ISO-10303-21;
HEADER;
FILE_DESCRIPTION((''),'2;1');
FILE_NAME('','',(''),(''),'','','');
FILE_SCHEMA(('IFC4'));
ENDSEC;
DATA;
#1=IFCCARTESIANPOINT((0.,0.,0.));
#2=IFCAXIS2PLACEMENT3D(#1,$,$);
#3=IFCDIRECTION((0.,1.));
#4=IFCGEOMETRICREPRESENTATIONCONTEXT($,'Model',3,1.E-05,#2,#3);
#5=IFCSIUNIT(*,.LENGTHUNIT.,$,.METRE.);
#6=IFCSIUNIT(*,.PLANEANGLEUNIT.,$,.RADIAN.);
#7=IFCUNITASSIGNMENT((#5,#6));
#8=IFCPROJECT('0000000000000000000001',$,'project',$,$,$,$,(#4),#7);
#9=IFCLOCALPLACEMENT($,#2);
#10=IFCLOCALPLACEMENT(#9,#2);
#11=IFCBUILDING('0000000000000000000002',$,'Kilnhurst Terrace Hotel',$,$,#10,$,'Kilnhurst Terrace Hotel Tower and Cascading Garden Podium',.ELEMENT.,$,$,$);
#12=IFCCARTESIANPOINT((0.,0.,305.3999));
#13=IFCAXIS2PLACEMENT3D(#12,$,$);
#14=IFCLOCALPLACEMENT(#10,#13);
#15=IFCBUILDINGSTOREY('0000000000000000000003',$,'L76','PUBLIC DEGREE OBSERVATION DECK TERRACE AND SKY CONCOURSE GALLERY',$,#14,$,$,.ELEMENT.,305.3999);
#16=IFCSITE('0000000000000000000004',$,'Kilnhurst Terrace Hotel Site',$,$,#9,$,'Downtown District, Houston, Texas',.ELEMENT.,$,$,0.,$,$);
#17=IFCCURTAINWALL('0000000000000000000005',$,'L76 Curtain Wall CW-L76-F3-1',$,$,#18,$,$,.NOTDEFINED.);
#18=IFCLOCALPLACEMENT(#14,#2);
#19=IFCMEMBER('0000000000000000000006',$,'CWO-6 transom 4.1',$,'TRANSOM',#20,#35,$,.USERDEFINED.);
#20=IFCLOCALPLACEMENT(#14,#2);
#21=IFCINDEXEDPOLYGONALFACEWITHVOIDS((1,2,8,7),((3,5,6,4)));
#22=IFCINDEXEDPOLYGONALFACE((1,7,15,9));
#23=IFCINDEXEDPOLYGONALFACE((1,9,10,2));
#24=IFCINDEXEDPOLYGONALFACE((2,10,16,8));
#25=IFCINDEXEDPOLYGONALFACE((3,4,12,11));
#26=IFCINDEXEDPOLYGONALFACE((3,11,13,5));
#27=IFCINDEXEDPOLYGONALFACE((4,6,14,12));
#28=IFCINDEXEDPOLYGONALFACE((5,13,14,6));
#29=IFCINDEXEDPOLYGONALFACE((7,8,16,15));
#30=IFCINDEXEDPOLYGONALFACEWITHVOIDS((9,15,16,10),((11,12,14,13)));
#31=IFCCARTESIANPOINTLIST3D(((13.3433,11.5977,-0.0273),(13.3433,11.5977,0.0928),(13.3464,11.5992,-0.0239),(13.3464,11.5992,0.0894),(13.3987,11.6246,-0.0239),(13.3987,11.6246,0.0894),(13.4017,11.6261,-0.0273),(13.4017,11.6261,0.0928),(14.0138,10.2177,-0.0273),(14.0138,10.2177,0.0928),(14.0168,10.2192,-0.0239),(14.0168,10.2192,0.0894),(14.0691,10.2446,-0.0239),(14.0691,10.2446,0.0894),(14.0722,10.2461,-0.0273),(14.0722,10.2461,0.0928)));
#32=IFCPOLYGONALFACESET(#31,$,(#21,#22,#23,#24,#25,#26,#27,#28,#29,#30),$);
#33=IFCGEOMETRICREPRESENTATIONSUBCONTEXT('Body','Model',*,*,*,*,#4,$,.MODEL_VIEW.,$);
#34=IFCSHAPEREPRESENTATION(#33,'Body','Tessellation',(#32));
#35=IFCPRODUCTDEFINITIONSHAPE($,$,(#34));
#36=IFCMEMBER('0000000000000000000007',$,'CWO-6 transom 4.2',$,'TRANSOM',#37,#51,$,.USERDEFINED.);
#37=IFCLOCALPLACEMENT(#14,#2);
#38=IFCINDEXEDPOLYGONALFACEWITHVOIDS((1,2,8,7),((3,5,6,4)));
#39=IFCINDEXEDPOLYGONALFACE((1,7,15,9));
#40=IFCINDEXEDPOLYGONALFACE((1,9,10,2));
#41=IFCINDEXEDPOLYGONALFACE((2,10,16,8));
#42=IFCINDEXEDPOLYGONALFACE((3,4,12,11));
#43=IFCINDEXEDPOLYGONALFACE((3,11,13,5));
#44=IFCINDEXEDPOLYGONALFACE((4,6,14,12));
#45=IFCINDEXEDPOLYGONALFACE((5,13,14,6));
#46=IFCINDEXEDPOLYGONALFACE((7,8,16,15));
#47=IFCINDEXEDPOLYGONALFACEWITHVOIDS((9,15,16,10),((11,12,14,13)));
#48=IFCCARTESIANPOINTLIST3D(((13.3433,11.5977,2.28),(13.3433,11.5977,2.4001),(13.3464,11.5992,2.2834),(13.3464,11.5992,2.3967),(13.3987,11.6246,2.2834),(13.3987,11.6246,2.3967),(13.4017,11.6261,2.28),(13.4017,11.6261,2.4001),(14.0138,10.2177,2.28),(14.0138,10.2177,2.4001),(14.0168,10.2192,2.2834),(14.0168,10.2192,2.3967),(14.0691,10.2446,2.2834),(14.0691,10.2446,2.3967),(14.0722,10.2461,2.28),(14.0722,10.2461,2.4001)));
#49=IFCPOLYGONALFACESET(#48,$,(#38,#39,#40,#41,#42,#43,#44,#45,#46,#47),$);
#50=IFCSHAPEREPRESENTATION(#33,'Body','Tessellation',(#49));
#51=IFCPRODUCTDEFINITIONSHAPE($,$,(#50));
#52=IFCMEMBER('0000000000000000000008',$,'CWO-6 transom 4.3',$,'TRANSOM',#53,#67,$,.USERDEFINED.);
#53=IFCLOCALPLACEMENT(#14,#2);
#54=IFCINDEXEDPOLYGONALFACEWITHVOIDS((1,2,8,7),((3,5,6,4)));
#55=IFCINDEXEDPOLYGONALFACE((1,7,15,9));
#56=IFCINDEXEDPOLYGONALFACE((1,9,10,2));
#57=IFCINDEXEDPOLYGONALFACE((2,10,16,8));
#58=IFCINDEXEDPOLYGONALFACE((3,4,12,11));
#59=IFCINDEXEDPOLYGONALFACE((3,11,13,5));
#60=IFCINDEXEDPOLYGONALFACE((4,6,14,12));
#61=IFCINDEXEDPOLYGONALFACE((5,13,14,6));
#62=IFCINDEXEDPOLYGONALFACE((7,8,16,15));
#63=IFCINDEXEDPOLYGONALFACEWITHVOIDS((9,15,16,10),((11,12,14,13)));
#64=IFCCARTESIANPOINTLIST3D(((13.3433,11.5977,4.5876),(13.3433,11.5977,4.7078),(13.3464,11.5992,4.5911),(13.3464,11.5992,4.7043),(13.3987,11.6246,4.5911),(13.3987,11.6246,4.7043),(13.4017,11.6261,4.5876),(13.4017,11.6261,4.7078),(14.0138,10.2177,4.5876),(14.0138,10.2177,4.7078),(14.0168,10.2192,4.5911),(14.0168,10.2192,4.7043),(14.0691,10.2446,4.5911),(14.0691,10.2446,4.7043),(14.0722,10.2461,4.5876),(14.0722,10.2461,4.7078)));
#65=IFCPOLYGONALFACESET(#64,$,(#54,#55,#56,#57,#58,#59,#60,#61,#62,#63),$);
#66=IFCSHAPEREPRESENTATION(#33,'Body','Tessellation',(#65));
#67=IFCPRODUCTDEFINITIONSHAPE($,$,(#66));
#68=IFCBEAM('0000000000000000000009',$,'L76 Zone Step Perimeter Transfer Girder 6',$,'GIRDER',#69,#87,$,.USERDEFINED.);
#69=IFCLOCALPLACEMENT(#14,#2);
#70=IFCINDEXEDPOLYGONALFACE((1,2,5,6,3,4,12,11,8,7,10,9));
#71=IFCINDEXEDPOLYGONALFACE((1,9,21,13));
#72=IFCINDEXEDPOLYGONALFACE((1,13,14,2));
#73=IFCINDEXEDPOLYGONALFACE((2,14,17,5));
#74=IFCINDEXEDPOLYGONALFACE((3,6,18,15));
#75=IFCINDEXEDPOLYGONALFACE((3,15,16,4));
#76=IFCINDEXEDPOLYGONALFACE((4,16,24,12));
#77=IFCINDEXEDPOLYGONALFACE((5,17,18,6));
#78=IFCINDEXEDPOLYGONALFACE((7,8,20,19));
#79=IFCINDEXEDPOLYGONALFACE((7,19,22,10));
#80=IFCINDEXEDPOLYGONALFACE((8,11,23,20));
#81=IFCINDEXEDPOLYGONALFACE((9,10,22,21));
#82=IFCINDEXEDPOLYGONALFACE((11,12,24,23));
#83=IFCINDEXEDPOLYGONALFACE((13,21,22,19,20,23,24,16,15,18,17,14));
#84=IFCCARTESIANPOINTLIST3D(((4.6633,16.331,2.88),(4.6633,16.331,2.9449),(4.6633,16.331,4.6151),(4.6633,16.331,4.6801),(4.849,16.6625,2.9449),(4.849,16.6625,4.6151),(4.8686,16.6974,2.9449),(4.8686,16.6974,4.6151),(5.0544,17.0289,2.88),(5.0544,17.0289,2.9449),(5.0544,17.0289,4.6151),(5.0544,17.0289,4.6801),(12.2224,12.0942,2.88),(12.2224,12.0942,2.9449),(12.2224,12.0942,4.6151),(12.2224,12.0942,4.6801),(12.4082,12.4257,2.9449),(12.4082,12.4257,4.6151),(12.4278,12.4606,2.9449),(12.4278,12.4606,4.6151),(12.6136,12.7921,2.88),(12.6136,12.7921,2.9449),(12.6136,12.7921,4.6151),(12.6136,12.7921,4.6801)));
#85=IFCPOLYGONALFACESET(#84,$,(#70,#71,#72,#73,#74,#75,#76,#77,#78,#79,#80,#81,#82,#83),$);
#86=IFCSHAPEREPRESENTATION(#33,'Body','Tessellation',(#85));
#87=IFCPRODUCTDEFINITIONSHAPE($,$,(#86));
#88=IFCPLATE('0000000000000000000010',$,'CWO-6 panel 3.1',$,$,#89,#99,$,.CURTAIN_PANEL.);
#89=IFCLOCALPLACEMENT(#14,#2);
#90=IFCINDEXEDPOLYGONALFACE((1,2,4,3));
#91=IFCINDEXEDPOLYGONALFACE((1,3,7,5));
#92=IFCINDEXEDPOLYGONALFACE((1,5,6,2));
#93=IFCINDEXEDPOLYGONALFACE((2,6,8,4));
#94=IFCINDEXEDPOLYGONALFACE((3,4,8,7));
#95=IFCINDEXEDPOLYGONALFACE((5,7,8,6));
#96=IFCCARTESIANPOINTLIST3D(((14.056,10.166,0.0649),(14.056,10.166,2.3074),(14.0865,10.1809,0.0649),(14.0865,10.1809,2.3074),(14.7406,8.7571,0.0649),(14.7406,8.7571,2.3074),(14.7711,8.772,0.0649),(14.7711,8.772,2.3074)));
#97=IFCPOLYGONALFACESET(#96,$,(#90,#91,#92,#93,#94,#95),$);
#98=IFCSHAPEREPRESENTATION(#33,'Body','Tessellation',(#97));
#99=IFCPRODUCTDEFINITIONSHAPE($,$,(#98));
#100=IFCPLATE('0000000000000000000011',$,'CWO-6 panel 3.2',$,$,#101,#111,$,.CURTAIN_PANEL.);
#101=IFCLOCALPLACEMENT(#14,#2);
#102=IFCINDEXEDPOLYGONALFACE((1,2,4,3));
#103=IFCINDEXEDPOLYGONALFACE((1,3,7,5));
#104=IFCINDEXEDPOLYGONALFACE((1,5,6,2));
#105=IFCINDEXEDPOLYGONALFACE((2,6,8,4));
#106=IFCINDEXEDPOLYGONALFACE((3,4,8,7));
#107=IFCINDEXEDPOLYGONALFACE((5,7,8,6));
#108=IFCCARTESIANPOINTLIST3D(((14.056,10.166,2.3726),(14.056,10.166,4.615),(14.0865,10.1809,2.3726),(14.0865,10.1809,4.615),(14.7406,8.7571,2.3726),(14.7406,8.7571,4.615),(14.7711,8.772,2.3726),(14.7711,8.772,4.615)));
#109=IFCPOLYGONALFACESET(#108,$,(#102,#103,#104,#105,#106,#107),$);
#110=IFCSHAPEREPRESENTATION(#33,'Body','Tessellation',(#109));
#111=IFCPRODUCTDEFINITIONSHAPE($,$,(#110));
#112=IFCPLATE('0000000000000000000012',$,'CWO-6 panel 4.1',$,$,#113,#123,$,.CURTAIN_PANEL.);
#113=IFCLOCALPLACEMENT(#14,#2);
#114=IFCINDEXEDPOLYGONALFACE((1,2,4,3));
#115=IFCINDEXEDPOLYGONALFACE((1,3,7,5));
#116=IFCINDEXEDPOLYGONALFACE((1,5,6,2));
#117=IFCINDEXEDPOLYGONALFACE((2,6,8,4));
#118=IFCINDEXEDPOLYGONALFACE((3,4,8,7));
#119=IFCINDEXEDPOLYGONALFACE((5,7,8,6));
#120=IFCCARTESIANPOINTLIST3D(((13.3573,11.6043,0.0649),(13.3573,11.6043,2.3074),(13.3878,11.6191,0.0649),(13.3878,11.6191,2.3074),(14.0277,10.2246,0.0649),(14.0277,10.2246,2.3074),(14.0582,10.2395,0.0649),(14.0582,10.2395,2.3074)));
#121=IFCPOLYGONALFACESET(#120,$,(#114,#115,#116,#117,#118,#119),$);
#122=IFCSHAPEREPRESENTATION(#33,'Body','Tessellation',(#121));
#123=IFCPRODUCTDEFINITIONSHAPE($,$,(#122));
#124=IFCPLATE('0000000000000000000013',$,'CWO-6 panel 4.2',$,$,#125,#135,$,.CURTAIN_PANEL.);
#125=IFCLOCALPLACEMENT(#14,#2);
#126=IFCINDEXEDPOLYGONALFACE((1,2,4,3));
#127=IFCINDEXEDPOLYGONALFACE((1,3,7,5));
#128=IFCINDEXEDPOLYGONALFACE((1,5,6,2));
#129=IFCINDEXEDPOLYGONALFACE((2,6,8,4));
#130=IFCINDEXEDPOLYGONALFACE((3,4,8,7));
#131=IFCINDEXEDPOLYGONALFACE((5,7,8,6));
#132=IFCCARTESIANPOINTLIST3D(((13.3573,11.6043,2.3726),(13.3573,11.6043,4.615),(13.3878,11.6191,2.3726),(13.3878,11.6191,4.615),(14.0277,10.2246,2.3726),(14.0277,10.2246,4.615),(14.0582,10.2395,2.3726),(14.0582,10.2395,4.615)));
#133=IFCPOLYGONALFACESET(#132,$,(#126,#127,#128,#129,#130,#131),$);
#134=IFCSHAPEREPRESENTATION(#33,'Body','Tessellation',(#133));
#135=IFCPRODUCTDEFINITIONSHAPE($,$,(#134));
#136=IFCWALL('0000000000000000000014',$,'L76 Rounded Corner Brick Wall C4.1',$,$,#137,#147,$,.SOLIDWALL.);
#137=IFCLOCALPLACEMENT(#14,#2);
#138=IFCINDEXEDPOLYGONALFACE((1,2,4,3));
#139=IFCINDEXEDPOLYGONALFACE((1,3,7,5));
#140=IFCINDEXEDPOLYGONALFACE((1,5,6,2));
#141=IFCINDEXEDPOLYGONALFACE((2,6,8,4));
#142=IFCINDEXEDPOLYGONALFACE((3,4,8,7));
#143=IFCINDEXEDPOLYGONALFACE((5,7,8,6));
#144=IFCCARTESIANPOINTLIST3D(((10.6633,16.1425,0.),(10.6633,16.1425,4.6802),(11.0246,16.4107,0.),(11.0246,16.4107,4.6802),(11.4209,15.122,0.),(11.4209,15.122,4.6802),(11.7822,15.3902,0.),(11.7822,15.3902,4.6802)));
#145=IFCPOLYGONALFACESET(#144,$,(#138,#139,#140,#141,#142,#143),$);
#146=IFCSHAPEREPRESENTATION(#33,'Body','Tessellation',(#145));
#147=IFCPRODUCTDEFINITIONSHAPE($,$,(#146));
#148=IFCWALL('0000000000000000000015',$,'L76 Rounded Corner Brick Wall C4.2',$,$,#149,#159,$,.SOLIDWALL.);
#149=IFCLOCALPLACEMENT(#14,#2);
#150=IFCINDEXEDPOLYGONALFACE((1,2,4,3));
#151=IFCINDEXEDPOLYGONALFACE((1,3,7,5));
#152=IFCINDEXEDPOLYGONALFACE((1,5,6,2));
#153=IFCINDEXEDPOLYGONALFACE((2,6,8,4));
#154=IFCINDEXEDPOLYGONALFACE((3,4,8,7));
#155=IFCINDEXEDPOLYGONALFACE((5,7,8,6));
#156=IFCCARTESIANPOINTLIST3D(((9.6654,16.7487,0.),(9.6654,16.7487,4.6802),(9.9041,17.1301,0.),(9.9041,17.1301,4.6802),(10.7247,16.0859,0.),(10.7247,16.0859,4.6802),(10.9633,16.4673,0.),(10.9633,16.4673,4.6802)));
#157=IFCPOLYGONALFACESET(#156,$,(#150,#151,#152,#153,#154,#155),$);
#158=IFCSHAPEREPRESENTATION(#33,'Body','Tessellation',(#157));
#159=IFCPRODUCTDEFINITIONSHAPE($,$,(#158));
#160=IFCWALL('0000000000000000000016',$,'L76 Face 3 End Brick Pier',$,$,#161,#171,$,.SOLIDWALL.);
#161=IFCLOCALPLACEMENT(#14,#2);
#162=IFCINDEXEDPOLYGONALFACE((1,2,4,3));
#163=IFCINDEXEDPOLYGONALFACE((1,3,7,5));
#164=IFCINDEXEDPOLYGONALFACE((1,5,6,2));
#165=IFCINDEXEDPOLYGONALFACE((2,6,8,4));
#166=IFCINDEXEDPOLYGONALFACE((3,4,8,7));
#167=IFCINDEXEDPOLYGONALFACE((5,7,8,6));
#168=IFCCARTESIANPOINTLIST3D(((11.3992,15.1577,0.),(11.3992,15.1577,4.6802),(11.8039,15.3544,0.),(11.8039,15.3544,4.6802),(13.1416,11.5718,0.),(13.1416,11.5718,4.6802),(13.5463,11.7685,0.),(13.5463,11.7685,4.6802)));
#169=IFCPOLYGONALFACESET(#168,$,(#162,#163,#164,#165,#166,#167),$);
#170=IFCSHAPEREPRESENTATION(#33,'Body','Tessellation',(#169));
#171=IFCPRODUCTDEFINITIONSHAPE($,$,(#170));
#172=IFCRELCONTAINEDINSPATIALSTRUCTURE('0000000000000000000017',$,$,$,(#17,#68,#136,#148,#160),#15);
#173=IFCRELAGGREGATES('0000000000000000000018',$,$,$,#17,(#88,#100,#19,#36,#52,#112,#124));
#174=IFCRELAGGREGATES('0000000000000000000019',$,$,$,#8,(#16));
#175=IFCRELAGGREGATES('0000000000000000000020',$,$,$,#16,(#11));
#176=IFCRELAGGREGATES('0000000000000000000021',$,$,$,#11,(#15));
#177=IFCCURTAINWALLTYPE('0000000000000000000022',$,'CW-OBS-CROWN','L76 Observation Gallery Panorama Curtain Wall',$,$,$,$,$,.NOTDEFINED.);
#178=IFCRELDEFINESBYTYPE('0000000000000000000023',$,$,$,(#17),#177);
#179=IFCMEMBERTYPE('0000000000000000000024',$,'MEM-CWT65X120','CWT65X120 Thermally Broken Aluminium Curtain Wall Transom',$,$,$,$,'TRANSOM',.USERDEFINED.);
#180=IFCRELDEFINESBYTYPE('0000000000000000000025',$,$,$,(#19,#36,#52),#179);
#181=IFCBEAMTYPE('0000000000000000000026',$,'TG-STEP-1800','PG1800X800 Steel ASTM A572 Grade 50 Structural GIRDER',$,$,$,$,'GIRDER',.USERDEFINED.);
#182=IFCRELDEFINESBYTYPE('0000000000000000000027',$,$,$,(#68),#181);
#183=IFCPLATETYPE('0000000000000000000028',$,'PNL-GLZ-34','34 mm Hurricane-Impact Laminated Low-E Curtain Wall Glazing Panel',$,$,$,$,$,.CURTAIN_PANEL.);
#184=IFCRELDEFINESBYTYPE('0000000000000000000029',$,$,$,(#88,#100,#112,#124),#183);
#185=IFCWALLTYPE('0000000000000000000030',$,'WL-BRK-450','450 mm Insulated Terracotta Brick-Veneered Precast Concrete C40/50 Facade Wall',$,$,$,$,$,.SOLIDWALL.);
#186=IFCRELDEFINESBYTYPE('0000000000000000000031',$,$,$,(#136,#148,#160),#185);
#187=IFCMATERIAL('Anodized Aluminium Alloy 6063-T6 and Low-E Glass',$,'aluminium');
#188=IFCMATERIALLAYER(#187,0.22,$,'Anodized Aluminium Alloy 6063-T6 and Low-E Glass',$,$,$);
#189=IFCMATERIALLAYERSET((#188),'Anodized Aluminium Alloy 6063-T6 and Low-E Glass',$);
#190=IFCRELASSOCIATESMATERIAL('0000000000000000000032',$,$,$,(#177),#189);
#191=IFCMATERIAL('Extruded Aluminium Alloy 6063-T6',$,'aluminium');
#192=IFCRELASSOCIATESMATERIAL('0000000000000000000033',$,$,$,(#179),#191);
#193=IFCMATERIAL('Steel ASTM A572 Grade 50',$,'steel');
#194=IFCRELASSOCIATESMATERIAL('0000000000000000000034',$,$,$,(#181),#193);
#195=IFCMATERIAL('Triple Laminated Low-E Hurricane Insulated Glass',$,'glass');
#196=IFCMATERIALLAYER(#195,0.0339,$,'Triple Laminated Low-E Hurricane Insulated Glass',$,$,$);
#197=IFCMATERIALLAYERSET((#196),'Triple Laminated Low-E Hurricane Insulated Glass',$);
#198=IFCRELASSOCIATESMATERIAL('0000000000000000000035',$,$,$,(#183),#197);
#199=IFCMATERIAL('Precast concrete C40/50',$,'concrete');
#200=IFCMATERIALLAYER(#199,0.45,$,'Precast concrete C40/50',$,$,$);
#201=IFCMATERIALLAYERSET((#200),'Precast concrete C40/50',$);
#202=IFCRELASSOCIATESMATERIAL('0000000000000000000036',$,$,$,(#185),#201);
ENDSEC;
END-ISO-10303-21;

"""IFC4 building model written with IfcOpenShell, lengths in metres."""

from ifc_helpers import new_model, si_unit, direction, frame, frame_2d, origin, origin_2d, place, context, subcontext, project, spatial, rectangle, hollow_rectangle, i_section, extrude, material, layer, layer_set, material_profile, profile_set, type_object, element, aggregate, save


model = new_model("IFC4")

# Units and contexts
model_context = context("Model", 3, precision=1e-05, world=origin(), true_north=direction((0.0, 1.0)))
body_context = subcontext(model_context, "Body", "Model", "MODEL_VIEW")
ifc_project = project(units=[si_unit("LENGTHUNIT", "METRE"), si_unit("PLANEANGLEUNIT", "RADIAN")], contexts=[model_context])

# Site, building, storey
site_placement = place(None, origin())
site = spatial("IfcSite", under=ifc_project, at=site_placement, Name="Kilnhurst Terrace Hotel Site", LongName="Downtown District, Houston, Texas", CompositionType="ELEMENT", RefElevation=0.0)
building_placement = place(site_placement, origin())
building = spatial("IfcBuilding", under=site, at=building_placement, Name="Kilnhurst Terrace Hotel", LongName="Kilnhurst Terrace Hotel Tower and Cascading Garden Podium", CompositionType="ELEMENT")
storey_placement = place(building_placement, frame((0.0, 0.0, 305.3999)))
storey = spatial("IfcBuildingStorey", under=building, at=storey_placement, Name="L76", Description="PUBLIC DEGREE OBSERVATION DECK TERRACE AND SKY CONCOURSE GALLERY", CompositionType="ELEMENT", Elevation=305.3999)

# Curtain wall, members
ifc_material_1 = material(Name="Anodized Aluminium Alloy 6063-T6 and Low-E Glass", Category="aluminium")
ifc_layer_1 = layer(ifc_material_1, 0.22, Name="Anodized Aluminium Alloy 6063-T6 and Low-E Glass")
ifc_layer_set_1 = layer_set([ifc_layer_1], Name="Anodized Aluminium Alloy 6063-T6 and Low-E Glass")
curtain_wall_type = type_object("IfcCurtainWallType", Name="CW-OBS-CROWN", Description="L76 Observation Gallery Panorama Curtain Wall", PredefinedType="NOTDEFINED", material=ifc_layer_set_1)
curtain_wall_placement = place(storey_placement, origin())
curtain_wall = element("IfcCurtainWall", 1, at=curtain_wall_placement, inside=storey, type_object=curtain_wall_type, Name="L76 Curtain Wall CW-L76-F3-1", PredefinedType="NOTDEFINED")
ifc_material_2 = material(Name="Extruded Aluminium Alloy 6063-T6", Category="aluminium")
ifc_material_profile_1 = material_profile(ifc_material_2, hollow_rectangle(XDim=0.0649, YDim=0.1201, WallThickness=0.0034, at=origin_2d()), Name="CWT65X120")
ifc_profile_set_1 = profile_set([ifc_material_profile_1], Name="Extruded Aluminium Alloy 6063-T6")
member_type_1 = type_object("IfcMemberType", Name="MEM-CWT65X120", Description="CWT65X120 Thermally Broken Aluminium Curtain Wall Transom", ElementType="TRANSOM", PredefinedType="USERDEFINED", material=ifc_profile_set_1)
member_1_placement = place(storey_placement, frame((14.043, 10.2319, 0.0327), z_axis=(-0.437, 0.899462, 0.0), x_axis=(-0.899462, -0.437, 0.0)))
member_1 = element("IfcMember", 2, at=member_1_placement, type_object=member_type_1, Name="CWO-6 transom 4.1", ObjectType="TRANSOM", PredefinedType="USERDEFINED", context=body_context, shape_type="SweptSolid", body=[
    extrude(hollow_rectangle(XDim=0.0649, YDim=0.1201, WallThickness=0.0034, at=origin_2d()), origin(), (0.0, 0.0, 1.0), 1.5342),
])
member_2_placement = place(storey_placement, frame((14.043, 10.2319, 2.3401), z_axis=(-0.437, 0.899462, 0.0), x_axis=(-0.899462, -0.437, 0.0)))
member_2 = element("IfcMember", 3, at=member_2_placement, type_object=member_type_1, Name="CWO-6 transom 4.2", ObjectType="TRANSOM", PredefinedType="USERDEFINED", context=body_context, shape_type="SweptSolid", body=[
    extrude(hollow_rectangle(XDim=0.0649, YDim=0.1201, WallThickness=0.0034, at=origin_2d()), origin(), (0.0, 0.0, 1.0), 1.5342),
])
member_3_placement = place(storey_placement, frame((14.043, 10.2319, 4.6477), z_axis=(-0.437, 0.899462, 0.0), x_axis=(-0.899462, -0.437, 0.0)))
member_3 = element("IfcMember", 4, at=member_3_placement, type_object=member_type_1, Name="CWO-6 transom 4.3", ObjectType="TRANSOM", PredefinedType="USERDEFINED", context=body_context, shape_type="SweptSolid", body=[
    extrude(hollow_rectangle(XDim=0.0649, YDim=0.1201, WallThickness=0.0034, at=origin_2d()), origin(), (0.0, 0.0, 1.0), 1.5342),
])

# Beam
ifc_material_3 = material(Name="Steel ASTM A572 Grade 50", Category="steel")
ifc_material_profile_2 = material_profile(ifc_material_3, i_section(OverallWidth=0.8, OverallDepth=1.8, WebThickness=0.04, FlangeThickness=0.0649, at=origin_2d()), Name="PG1800X800")
ifc_profile_set_2 = profile_set([ifc_material_profile_2], Name="Steel ASTM A572 Grade 50")
beam_type_1 = type_object("IfcBeamType", Name="TG-STEP-1800", Description="PG1800X800 Steel ASTM A572 Grade 50 Structural GIRDER", ElementType="GIRDER", PredefinedType="USERDEFINED", material=ifc_profile_set_2)
beam_1_placement = place(storey_placement, frame((12.418, 12.4431, 3.78), z_axis=(-0.872322, 0.488931, 0.0), x_axis=(-0.488931, -0.872322, 0.0)))
element("IfcBeam", 5, at=beam_1_placement, inside=storey, type_object=beam_type_1, Name="L76 Zone Step Perimeter Transfer Girder 6", ObjectType="GIRDER", PredefinedType="USERDEFINED", context=body_context, shape_type="SweptSolid", body=[
    extrude(i_section(OverallWidth=0.8, OverallDepth=1.8, WebThickness=0.04, FlangeThickness=0.0649, at=origin_2d()), origin(), (0.0, 0.0, 1.0), 8.6655),
])

# Plates
ifc_material_4 = material(Name="Triple Laminated Low-E Hurricane Insulated Glass", Category="glass")
ifc_layer_2 = layer(ifc_material_4, 0.0339, Name="Triple Laminated Low-E Hurricane Insulated Glass")
ifc_layer_set_2 = layer_set([ifc_layer_2], Name="Triple Laminated Low-E Hurricane Insulated Glass")
plate_type = type_object("IfcPlateType", Name="PNL-GLZ-34", Description="34 mm Hurricane-Impact Laminated Low-E Curtain Wall Glazing Panel", PredefinedType="CURTAIN_PANEL", material=ifc_layer_set_2)
plate_1_placement = place(storey_placement, frame((14.4136, 9.469, 0.0649), z_axis=(0.0, 0.0, 1.0), x_axis=(-0.437053, 0.899436, 0.0)))
plate_1 = element("IfcPlate", 6, at=plate_1_placement, type_object=plate_type, Name="CWO-6 panel 3.1", PredefinedType="CURTAIN_PANEL", context=body_context, shape_type="SweptSolid", body=[
    extrude(rectangle(XDim=1.5664, YDim=0.0339, at=origin_2d()), origin(), (0.0, 0.0, 1.0), 2.2424),
])
plate_2_placement = place(storey_placement, frame((14.4136, 9.469, 2.3726), z_axis=(0.0, 0.0, 1.0), x_axis=(-0.437053, 0.899436, 0.0)))
plate_2 = element("IfcPlate", 7, at=plate_2_placement, type_object=plate_type, Name="CWO-6 panel 3.2", PredefinedType="CURTAIN_PANEL", context=body_context, shape_type="SweptSolid", body=[
    extrude(rectangle(XDim=1.5664, YDim=0.0339, at=origin_2d()), origin(), (0.0, 0.0, 1.0), 2.2424),
])
plate_3_placement = place(storey_placement, frame((13.7078, 10.9219, 0.0649), z_axis=(0.0, 0.0, 1.0), x_axis=(-0.437053, 0.899436, 0.0)))
plate_3 = element("IfcPlate", 8, at=plate_3_placement, type_object=plate_type, Name="CWO-6 panel 4.1", PredefinedType="CURTAIN_PANEL", context=body_context, shape_type="SweptSolid", body=[
    extrude(rectangle(XDim=1.5339, YDim=0.0339, at=origin_2d()), origin(), (0.0, 0.0, 1.0), 2.2424),
])
plate_4_placement = place(storey_placement, frame((13.7078, 10.9219, 2.3726), z_axis=(0.0, 0.0, 1.0), x_axis=(-0.437053, 0.899436, 0.0)))
plate_4 = element("IfcPlate", 9, at=plate_4_placement, type_object=plate_type, Name="CWO-6 panel 4.2", PredefinedType="CURTAIN_PANEL", context=body_context, shape_type="SweptSolid", body=[
    extrude(rectangle(XDim=1.5339, YDim=0.0339, at=origin_2d()), origin(), (0.0, 0.0, 1.0), 2.2424),
])
aggregate(curtain_wall, [plate_1, plate_2, member_1, member_2, member_3, plate_3, plate_4])

# Walls
ifc_material_5 = material(Name="Precast concrete C40/50", Category="concrete")
ifc_layer_3 = layer(ifc_material_5, 0.45, Name="Precast concrete C40/50")
ifc_layer_set_3 = layer_set([ifc_layer_3], Name="Precast concrete C40/50")
wall_type_1 = type_object("IfcWallType", Name="WL-BRK-450", Description="450 mm Insulated Terracotta Brick-Veneered Precast Concrete C40/50 Facade Wall", PredefinedType="SOLIDWALL", material=ifc_layer_set_3)
wall_1_placement = place(storey_placement, frame((11.6016, 15.2561, 0.0), z_axis=(0.0, 0.0, 1.0), x_axis=(-0.596059, 0.802941, 0.0)))
element("IfcWall", 10, at=wall_1_placement, inside=storey, type_object=wall_type_1, Name="L76 Rounded Corner Brick Wall C4.1", PredefinedType="SOLIDWALL", context=body_context, shape_type="SweptSolid", body=[
    extrude(rectangle(XDim=1.271, YDim=0.45, at=frame_2d((0.6355, 0.0))), origin(), (0.0, 0.0, 1.0), 4.6802),
])
wall_2_placement = place(storey_placement, frame((10.844, 16.2766, 0.0), z_axis=(0.0, 0.0, 1.0), x_axis=(-0.847724, 0.530438, 0.0)))
element("IfcWall", 11, at=wall_2_placement, inside=storey, type_object=wall_type_1, Name="L76 Rounded Corner Brick Wall C4.2", PredefinedType="SOLIDWALL", context=body_context, shape_type="SweptSolid", body=[
    extrude(rectangle(XDim=1.2495, YDim=0.45, at=frame_2d((0.6248, 0.0))), origin(), (0.0, 0.0, 1.0), 4.6802),
])
wall_3_placement = place(storey_placement, frame((13.344, 11.6702, 0.0), z_axis=(0.0, 0.0, 1.0), x_axis=(-0.437044, 0.89944, 0.0)))
element("IfcWall", 12, at=wall_3_placement, inside=storey, type_object=wall_type_1, Name="L76 Face 3 End Brick Pier", PredefinedType="SOLIDWALL", context=body_context, shape_type="SweptSolid", body=[
    extrude(rectangle(XDim=3.9868, YDim=0.45, at=frame_2d((1.9934, 0.0))), origin(), (0.0, 0.0, 1.0), 4.6802),
])

save(model, "model.ifc")
